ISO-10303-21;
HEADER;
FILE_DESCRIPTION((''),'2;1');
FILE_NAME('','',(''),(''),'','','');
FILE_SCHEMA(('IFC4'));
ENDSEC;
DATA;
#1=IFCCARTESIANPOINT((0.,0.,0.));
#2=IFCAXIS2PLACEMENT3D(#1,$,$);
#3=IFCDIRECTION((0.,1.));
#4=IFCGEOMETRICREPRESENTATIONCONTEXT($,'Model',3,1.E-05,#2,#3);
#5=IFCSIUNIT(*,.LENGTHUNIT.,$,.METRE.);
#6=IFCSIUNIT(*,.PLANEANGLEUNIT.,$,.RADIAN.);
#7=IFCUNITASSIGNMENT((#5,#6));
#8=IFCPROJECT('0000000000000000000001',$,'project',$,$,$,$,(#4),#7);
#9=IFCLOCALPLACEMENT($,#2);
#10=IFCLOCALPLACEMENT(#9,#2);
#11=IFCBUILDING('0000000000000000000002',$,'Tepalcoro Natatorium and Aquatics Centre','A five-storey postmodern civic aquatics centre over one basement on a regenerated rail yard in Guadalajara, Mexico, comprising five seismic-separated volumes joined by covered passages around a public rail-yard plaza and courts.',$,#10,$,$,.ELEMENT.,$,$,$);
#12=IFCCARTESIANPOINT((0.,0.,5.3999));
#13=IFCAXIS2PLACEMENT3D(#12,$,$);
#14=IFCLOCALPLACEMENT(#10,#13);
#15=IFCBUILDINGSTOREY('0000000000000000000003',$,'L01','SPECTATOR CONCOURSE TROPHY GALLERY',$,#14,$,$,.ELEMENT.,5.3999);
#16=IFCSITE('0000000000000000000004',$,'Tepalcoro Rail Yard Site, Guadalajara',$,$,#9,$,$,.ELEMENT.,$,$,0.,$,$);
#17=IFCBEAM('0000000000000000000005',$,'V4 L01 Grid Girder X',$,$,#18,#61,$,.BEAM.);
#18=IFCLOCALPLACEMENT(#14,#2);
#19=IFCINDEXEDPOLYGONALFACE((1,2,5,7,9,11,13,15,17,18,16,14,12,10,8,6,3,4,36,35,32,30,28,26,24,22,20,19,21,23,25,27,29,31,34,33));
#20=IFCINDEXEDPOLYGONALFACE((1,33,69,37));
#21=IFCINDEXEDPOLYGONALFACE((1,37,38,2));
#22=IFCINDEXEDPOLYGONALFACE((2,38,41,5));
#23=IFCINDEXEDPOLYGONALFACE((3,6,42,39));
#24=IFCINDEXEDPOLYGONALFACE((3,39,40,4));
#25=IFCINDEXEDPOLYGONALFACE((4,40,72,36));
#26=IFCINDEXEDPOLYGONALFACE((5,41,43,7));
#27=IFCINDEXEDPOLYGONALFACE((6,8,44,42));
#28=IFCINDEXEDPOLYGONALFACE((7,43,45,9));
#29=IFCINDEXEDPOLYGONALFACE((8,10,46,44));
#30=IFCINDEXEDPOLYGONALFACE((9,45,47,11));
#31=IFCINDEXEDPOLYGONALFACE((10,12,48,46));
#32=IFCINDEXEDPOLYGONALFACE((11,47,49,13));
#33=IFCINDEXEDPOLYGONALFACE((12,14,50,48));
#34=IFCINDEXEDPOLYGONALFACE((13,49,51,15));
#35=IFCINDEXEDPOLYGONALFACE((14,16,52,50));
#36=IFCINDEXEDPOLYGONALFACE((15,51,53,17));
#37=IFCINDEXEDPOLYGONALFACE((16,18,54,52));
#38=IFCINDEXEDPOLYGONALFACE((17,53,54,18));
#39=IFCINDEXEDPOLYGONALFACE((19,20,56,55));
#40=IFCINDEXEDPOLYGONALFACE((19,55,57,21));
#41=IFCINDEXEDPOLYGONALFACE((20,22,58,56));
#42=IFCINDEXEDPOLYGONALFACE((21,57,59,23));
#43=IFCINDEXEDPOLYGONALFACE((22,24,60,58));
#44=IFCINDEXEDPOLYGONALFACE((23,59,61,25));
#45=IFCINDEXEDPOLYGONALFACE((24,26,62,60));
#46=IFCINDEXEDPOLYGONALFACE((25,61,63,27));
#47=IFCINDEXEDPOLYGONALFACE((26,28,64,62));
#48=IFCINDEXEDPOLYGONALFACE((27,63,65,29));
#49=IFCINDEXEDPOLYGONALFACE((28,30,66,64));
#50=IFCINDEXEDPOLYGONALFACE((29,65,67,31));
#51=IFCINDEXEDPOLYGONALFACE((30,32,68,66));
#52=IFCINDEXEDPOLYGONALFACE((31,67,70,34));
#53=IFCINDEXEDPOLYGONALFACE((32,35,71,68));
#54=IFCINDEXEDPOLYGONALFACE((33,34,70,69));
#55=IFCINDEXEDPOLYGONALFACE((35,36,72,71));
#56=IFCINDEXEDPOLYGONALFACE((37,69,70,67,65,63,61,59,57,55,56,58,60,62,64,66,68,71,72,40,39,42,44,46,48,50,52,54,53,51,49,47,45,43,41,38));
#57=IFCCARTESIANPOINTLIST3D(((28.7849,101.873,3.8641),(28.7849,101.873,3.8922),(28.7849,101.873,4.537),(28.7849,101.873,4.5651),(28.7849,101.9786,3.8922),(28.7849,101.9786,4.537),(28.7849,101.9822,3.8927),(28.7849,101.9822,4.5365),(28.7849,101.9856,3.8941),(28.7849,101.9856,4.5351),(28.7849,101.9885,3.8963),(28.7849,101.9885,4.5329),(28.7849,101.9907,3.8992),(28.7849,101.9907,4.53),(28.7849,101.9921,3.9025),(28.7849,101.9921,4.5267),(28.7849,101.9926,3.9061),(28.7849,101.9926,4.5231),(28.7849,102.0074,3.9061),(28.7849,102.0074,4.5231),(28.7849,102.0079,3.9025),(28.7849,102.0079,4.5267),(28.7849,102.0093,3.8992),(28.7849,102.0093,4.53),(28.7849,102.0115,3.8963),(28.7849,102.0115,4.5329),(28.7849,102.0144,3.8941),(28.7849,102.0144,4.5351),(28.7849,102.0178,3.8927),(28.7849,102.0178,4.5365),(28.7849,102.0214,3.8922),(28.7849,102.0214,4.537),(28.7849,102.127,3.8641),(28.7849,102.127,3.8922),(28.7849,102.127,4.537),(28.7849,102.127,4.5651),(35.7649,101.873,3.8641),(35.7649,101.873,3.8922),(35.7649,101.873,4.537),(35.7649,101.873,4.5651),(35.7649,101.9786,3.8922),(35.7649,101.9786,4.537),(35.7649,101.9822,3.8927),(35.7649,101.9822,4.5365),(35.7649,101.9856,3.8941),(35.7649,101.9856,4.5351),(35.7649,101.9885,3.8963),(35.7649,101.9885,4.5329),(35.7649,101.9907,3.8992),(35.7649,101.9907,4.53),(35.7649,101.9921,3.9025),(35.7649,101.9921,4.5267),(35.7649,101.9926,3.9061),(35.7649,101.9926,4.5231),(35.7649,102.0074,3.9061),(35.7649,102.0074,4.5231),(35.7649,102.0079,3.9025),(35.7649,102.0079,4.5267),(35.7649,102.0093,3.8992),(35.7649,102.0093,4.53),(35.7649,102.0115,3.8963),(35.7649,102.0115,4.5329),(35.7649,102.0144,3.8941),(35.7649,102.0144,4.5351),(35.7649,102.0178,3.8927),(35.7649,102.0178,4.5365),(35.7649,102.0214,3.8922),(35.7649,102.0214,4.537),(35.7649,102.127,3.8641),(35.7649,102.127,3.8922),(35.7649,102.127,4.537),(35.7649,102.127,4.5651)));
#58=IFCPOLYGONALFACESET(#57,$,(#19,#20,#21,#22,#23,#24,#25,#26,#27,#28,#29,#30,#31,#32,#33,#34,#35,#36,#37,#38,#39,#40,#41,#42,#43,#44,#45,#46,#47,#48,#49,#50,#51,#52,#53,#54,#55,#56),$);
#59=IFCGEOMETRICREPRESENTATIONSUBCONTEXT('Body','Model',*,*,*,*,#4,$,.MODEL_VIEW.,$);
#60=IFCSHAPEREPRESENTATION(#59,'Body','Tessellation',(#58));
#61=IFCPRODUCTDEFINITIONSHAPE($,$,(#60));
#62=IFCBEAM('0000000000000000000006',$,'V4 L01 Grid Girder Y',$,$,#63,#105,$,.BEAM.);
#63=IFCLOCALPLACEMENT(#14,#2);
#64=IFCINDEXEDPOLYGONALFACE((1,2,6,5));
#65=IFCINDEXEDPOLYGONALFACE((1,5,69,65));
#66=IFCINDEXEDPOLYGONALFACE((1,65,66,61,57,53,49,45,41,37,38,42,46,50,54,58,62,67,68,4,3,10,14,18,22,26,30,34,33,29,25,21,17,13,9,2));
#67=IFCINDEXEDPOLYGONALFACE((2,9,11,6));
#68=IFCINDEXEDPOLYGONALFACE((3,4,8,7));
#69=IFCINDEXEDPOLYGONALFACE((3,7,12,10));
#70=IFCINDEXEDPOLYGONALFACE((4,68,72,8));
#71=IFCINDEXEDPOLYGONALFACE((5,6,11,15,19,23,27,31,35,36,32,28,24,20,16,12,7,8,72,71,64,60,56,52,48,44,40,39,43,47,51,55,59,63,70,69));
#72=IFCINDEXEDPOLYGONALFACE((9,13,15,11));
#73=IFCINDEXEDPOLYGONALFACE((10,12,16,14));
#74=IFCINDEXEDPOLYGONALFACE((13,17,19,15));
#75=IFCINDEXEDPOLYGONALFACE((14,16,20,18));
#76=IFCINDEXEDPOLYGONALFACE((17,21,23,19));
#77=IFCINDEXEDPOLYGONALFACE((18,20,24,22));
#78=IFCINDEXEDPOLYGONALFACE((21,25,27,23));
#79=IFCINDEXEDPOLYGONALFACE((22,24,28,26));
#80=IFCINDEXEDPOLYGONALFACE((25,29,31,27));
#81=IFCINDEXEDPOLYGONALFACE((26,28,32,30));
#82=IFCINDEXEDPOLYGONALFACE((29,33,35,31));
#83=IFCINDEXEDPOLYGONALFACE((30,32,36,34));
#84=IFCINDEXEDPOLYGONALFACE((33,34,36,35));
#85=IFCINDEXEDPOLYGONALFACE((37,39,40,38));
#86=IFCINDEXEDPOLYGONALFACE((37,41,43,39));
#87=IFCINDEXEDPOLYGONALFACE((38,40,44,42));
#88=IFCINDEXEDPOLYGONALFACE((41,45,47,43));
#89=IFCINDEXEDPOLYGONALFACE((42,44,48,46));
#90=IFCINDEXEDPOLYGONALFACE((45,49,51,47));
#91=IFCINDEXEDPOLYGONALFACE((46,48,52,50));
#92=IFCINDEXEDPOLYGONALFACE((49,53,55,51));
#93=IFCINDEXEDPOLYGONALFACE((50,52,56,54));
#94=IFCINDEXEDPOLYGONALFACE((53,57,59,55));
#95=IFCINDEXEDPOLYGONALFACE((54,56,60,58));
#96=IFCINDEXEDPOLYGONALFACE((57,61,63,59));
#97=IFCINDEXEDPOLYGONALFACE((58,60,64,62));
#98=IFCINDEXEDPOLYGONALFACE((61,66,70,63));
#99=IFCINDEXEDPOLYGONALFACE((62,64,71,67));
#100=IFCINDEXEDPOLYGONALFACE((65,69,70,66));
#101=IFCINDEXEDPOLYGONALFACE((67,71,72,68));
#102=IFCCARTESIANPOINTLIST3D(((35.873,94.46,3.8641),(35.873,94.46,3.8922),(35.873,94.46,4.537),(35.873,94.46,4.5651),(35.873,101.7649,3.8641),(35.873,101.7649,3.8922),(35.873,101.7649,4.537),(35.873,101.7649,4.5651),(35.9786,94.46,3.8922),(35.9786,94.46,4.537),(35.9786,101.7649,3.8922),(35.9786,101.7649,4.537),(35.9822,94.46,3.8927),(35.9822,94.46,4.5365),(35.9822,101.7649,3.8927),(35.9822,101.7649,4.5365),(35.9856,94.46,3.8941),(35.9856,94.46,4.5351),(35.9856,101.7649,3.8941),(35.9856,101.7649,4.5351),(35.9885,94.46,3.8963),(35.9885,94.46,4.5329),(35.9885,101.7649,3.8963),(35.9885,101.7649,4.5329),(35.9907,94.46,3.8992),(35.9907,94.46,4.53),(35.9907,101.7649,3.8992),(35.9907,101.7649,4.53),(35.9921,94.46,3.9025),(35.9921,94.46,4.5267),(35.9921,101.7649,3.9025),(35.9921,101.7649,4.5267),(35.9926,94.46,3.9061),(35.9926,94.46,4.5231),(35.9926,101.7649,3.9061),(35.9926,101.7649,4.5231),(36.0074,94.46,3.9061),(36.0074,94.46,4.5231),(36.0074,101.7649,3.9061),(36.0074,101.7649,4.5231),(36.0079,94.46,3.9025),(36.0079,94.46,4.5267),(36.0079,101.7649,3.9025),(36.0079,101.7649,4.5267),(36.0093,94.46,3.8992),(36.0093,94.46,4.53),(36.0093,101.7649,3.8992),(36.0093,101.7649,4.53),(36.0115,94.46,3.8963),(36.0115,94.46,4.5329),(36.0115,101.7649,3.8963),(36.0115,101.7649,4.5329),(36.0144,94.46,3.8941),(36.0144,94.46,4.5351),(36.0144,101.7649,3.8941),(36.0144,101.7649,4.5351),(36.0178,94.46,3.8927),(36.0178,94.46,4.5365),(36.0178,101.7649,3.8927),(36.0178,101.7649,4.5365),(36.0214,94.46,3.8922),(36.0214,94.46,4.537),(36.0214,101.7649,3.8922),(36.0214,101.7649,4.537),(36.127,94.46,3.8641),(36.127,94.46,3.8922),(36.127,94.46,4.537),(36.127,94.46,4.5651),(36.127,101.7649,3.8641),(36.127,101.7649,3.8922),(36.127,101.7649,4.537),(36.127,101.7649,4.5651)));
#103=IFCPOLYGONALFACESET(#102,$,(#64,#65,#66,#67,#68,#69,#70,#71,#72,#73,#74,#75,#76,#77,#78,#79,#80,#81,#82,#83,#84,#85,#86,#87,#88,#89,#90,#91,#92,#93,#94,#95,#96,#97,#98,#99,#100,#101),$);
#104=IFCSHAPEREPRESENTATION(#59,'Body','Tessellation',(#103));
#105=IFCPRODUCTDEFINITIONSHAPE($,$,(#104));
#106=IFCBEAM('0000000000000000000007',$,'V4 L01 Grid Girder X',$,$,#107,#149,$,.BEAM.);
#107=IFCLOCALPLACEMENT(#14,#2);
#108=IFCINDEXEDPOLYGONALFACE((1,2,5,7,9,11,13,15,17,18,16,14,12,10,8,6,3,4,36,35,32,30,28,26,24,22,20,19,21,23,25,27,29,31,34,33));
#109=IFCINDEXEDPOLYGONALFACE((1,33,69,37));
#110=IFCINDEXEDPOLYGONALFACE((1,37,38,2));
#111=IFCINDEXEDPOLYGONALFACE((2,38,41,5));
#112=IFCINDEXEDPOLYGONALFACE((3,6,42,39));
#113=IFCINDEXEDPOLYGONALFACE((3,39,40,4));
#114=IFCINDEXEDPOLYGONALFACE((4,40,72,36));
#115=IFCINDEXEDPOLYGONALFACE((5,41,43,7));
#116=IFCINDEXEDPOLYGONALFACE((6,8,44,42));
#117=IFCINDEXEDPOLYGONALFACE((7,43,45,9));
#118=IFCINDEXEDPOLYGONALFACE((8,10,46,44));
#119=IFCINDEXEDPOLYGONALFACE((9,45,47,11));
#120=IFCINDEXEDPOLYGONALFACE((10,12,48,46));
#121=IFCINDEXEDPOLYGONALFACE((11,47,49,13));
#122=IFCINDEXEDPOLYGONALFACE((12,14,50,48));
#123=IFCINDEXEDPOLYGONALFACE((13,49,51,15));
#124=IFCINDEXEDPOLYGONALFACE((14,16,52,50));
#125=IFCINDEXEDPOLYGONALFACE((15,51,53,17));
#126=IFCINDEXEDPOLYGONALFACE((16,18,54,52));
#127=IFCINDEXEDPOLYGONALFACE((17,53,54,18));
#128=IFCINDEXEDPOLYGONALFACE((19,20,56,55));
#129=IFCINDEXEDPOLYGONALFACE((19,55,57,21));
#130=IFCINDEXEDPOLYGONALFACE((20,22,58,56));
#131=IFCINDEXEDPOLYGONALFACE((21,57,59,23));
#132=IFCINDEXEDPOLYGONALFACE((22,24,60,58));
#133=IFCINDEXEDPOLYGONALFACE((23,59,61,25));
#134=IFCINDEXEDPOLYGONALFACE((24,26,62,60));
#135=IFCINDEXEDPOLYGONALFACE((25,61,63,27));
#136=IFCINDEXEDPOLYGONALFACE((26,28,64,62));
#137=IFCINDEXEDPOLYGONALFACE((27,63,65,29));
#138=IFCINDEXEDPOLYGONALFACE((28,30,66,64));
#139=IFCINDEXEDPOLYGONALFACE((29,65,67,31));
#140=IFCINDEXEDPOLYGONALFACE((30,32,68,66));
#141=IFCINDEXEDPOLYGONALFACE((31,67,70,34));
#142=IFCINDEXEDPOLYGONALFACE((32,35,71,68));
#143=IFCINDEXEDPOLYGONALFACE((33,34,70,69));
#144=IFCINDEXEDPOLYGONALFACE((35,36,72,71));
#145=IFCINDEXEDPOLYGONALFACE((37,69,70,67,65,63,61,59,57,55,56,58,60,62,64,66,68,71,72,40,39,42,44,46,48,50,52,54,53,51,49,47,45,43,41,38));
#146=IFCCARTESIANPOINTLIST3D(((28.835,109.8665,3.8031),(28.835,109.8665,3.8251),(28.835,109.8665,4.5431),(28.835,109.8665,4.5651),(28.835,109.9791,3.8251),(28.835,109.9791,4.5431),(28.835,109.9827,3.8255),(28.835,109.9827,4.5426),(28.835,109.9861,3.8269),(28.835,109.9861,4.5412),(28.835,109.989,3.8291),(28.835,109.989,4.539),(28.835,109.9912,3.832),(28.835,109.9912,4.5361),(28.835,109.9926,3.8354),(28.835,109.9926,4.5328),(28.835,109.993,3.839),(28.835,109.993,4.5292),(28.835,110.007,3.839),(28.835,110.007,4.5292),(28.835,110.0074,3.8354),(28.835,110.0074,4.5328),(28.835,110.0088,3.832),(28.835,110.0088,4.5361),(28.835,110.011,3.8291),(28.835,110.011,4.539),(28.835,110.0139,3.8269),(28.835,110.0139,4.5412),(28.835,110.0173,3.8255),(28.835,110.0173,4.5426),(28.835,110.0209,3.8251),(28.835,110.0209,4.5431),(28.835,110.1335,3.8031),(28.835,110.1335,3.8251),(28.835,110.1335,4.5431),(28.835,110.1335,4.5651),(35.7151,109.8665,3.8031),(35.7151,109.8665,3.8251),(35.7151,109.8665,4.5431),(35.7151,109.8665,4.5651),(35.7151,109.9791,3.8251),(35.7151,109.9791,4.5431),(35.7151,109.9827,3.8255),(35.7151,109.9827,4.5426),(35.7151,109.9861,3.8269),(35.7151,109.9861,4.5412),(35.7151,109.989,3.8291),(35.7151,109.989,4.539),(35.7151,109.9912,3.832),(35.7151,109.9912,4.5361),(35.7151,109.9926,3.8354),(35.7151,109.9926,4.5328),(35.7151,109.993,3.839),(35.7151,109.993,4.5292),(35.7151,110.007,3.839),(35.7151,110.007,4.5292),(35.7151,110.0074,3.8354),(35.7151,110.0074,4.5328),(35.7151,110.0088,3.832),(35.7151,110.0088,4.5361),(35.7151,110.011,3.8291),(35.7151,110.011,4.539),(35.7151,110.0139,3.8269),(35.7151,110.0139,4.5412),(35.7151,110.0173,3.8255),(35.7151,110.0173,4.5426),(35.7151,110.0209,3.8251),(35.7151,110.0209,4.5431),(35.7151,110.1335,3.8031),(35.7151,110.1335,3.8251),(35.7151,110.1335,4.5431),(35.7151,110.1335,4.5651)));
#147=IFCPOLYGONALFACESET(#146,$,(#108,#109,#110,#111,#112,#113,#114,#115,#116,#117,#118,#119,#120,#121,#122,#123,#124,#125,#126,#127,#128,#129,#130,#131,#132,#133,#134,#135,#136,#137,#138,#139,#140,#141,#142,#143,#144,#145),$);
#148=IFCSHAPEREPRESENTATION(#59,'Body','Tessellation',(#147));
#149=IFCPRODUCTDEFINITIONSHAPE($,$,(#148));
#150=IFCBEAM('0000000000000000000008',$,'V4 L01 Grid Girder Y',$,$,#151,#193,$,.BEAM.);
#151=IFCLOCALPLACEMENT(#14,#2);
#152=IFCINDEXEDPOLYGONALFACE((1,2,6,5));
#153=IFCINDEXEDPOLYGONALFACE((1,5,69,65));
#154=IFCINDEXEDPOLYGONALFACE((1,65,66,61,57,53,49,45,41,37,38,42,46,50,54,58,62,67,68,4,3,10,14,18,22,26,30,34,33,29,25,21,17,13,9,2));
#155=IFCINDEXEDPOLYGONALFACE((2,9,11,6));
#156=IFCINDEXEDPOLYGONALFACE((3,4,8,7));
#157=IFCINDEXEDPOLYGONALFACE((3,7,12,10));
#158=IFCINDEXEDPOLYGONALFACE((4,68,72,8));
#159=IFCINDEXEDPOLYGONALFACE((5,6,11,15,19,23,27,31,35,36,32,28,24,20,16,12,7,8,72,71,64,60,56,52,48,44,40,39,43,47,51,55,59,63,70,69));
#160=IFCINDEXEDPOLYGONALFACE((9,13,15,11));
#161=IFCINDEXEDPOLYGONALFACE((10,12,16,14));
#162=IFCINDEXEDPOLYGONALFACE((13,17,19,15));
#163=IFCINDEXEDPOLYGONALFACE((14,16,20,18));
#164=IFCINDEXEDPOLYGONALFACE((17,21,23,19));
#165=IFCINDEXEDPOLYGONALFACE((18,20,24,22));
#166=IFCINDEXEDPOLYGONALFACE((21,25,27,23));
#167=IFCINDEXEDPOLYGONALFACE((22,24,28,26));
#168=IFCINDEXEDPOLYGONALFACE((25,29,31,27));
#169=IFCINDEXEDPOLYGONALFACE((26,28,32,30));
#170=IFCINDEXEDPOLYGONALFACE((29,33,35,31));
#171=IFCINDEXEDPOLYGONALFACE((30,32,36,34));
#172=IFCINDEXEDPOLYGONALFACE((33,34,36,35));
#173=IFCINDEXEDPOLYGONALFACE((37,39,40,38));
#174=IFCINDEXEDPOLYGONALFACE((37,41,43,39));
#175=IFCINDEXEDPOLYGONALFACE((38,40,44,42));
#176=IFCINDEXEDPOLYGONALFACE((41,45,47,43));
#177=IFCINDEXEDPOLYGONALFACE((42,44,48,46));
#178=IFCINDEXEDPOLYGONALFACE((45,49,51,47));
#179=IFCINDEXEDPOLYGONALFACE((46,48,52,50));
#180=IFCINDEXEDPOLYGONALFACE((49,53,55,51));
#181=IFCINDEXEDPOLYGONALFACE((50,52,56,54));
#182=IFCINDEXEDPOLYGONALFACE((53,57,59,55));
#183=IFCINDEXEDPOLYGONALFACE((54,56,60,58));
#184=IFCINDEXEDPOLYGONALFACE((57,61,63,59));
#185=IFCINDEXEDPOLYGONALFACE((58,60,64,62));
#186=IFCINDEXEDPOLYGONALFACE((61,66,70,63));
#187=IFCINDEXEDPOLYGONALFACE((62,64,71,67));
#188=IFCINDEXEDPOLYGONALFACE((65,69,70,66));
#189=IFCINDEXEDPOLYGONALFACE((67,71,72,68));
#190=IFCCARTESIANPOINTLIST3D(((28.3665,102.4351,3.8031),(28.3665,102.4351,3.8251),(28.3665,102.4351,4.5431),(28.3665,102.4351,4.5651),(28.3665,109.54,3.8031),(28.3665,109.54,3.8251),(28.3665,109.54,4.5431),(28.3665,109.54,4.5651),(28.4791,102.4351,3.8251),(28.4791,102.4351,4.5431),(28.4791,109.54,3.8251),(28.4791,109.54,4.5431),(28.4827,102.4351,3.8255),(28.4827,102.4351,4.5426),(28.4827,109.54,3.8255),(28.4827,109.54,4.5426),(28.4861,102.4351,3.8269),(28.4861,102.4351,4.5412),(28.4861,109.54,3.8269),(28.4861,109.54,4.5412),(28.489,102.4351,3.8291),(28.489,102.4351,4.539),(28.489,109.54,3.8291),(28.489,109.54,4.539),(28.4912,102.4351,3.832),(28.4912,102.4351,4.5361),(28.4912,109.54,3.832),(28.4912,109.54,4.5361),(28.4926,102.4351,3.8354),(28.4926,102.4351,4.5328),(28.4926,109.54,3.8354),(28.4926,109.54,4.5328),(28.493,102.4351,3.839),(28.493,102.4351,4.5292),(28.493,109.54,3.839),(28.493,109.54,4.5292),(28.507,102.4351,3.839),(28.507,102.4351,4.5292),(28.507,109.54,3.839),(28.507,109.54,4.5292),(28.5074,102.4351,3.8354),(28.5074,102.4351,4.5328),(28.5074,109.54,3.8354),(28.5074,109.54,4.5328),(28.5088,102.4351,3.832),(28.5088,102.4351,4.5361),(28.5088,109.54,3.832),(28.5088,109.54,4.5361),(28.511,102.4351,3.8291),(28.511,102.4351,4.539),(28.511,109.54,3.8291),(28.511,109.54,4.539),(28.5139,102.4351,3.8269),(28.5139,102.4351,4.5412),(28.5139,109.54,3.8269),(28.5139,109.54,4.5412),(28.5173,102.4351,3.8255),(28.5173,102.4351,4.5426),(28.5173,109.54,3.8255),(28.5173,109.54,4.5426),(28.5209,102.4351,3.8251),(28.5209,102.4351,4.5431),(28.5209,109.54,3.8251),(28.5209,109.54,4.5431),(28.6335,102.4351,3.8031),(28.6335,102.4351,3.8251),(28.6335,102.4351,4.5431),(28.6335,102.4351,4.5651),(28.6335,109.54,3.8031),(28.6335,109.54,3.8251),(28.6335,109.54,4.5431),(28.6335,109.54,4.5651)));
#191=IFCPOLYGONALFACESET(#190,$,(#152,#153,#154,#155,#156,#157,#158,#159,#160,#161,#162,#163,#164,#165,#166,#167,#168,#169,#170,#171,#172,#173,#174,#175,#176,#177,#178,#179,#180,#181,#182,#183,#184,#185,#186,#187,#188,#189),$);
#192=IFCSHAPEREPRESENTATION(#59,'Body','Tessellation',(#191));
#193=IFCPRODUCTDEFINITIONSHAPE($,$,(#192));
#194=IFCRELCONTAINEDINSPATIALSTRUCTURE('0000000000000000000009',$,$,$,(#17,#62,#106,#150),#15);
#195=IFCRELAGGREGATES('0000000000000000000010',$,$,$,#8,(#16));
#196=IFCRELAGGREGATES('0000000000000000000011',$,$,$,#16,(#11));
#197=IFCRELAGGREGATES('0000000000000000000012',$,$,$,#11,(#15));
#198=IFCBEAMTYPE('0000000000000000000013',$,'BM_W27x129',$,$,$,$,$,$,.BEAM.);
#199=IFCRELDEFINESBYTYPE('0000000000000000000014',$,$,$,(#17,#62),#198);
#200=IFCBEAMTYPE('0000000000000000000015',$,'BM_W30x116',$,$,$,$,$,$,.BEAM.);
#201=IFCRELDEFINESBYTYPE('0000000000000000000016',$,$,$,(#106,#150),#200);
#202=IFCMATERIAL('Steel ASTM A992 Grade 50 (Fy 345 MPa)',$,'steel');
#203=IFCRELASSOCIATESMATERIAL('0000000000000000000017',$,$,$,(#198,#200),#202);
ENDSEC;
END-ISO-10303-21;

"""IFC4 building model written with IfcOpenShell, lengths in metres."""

from ifc_helpers import new_model, si_unit, direction, frame, origin, origin_2d, place, context, subcontext, project, spatial, i_section, extrude, material, material_profile, profile_set, type_object, element, save


model = new_model("IFC4")

# Units and contexts
model_context = context("Model", 3, precision=1e-05, world=origin(), true_north=direction((0.0, 1.0)))
body_context = subcontext(model_context, "Body", "Model", "MODEL_VIEW")
ifc_project = project(units=[si_unit("LENGTHUNIT", "METRE"), si_unit("PLANEANGLEUNIT", "RADIAN")], contexts=[model_context])

# Site, building, storey
site_placement = place(None, origin())
site = spatial("IfcSite", under=ifc_project, at=site_placement, Name="Tepalcoro Rail Yard Site, Guadalajara", CompositionType="ELEMENT", RefElevation=0.0)
building_placement = place(site_placement, origin())
building = spatial("IfcBuilding", under=site, at=building_placement, Name="Tepalcoro Natatorium and Aquatics Centre", Description="A five-storey postmodern civic aquatics centre over one basement on a regenerated rail yard in Guadalajara, Mexico, comprising five seismic-separated volumes joined by covered passages around a public rail-yard plaza and courts.", CompositionType="ELEMENT")
storey_placement = place(building_placement, frame((0.0, 0.0, 5.3999)))
storey = spatial("IfcBuildingStorey", under=building, at=storey_placement, Name="L01", Description="SPECTATOR CONCOURSE TROPHY GALLERY", CompositionType="ELEMENT", Elevation=5.3999)

# Beams
ifc_material_1 = material(Name="Steel ASTM A992 Grade 50 (Fy 345 MPa)", Category="steel")
ifc_material_profile_1 = material_profile(ifc_material_1, i_section(OverallWidth=0.2539, OverallDepth=0.7009, WebThickness=0.0149, FlangeThickness=0.0281, FilletRadius=0.0139, at=origin_2d()), Name="W27X129")
ifc_profile_set_1 = profile_set([ifc_material_profile_1], Name="Steel ASTM A992 Grade 50 (Fy 345 MPa)")
beam_type_1 = type_object("IfcBeamType", Name="BM_W27x129", PredefinedType="BEAM", material=ifc_profile_set_1)
beam_1_placement = place(storey_placement, frame((28.7849, 102.0, 4.2146), z_axis=(1.0, 0.0, 0.0), x_axis=(0.0, 1.0, 0.0)))
element("IfcBeam", 1, at=beam_1_placement, inside=storey, type_object=beam_type_1, Name="V4 L01 Grid Girder X", PredefinedType="BEAM", context=body_context, shape_type="SweptSolid", body=[
    extrude(i_section(OverallWidth=0.2539, OverallDepth=0.7009, WebThickness=0.0149, FlangeThickness=0.0281, FilletRadius=0.0139, at=origin_2d()), origin(), (0.0, 0.0, 1.0), 6.98),
])
beam_2_placement = place(storey_placement, frame((36.0, 94.46, 4.2146), z_axis=(0.0, 1.0, 0.0), x_axis=(-1.0, 0.0, 0.0)))
element("IfcBeam", 2, at=beam_2_placement, inside=storey, type_object=beam_type_1, Name="V4 L01 Grid Girder Y", PredefinedType="BEAM", context=body_context, shape_type="SweptSolid", body=[
    extrude(i_section(OverallWidth=0.2539, OverallDepth=0.7009, WebThickness=0.0149, FlangeThickness=0.0281, FilletRadius=0.0139, at=origin_2d()), origin(), (0.0, 0.0, 1.0), 7.3049),
])
ifc_material_profile_2 = material_profile(ifc_material_1, i_section(OverallWidth=0.2671, OverallDepth=0.762, WebThickness=0.0139, FlangeThickness=0.022, FilletRadius=0.0139, at=origin_2d()), Name="W30X116")
ifc_profile_set_2 = profile_set([ifc_material_profile_2], Name="Steel ASTM A992 Grade 50 (Fy 345 MPa)")
beam_type_2 = type_object("IfcBeamType", Name="BM_W30x116", PredefinedType="BEAM", material=ifc_profile_set_2)
beam_3_placement = place(storey_placement, frame((28.835, 110.0, 4.1841), z_axis=(1.0, 0.0, 0.0), x_axis=(0.0, 1.0, 0.0)))
element("IfcBeam", 3, at=beam_3_placement, inside=storey, type_object=beam_type_2, Name="V4 L01 Grid Girder X", PredefinedType="BEAM", context=body_context, shape_type="SweptSolid", body=[
    extrude(i_section(OverallWidth=0.2671, OverallDepth=0.762, WebThickness=0.0139, FlangeThickness=0.022, FilletRadius=0.0139, at=origin_2d()), origin(), (0.0, 0.0, 1.0), 6.8801),
])
beam_4_placement = place(storey_placement, frame((28.5, 102.4351, 4.1841), z_axis=(0.0, 1.0, 0.0), x_axis=(-1.0, 0.0, 0.0)))
element("IfcBeam", 4, at=beam_4_placement, inside=storey, type_object=beam_type_2, Name="V4 L01 Grid Girder Y", PredefinedType="BEAM", context=body_context, shape_type="SweptSolid", body=[
    extrude(i_section(OverallWidth=0.2671, OverallDepth=0.762, WebThickness=0.0139, FlangeThickness=0.022, FilletRadius=0.0139, at=origin_2d()), origin(), (0.0, 0.0, 1.0), 7.105),
])

save(model, "model.ifc")
